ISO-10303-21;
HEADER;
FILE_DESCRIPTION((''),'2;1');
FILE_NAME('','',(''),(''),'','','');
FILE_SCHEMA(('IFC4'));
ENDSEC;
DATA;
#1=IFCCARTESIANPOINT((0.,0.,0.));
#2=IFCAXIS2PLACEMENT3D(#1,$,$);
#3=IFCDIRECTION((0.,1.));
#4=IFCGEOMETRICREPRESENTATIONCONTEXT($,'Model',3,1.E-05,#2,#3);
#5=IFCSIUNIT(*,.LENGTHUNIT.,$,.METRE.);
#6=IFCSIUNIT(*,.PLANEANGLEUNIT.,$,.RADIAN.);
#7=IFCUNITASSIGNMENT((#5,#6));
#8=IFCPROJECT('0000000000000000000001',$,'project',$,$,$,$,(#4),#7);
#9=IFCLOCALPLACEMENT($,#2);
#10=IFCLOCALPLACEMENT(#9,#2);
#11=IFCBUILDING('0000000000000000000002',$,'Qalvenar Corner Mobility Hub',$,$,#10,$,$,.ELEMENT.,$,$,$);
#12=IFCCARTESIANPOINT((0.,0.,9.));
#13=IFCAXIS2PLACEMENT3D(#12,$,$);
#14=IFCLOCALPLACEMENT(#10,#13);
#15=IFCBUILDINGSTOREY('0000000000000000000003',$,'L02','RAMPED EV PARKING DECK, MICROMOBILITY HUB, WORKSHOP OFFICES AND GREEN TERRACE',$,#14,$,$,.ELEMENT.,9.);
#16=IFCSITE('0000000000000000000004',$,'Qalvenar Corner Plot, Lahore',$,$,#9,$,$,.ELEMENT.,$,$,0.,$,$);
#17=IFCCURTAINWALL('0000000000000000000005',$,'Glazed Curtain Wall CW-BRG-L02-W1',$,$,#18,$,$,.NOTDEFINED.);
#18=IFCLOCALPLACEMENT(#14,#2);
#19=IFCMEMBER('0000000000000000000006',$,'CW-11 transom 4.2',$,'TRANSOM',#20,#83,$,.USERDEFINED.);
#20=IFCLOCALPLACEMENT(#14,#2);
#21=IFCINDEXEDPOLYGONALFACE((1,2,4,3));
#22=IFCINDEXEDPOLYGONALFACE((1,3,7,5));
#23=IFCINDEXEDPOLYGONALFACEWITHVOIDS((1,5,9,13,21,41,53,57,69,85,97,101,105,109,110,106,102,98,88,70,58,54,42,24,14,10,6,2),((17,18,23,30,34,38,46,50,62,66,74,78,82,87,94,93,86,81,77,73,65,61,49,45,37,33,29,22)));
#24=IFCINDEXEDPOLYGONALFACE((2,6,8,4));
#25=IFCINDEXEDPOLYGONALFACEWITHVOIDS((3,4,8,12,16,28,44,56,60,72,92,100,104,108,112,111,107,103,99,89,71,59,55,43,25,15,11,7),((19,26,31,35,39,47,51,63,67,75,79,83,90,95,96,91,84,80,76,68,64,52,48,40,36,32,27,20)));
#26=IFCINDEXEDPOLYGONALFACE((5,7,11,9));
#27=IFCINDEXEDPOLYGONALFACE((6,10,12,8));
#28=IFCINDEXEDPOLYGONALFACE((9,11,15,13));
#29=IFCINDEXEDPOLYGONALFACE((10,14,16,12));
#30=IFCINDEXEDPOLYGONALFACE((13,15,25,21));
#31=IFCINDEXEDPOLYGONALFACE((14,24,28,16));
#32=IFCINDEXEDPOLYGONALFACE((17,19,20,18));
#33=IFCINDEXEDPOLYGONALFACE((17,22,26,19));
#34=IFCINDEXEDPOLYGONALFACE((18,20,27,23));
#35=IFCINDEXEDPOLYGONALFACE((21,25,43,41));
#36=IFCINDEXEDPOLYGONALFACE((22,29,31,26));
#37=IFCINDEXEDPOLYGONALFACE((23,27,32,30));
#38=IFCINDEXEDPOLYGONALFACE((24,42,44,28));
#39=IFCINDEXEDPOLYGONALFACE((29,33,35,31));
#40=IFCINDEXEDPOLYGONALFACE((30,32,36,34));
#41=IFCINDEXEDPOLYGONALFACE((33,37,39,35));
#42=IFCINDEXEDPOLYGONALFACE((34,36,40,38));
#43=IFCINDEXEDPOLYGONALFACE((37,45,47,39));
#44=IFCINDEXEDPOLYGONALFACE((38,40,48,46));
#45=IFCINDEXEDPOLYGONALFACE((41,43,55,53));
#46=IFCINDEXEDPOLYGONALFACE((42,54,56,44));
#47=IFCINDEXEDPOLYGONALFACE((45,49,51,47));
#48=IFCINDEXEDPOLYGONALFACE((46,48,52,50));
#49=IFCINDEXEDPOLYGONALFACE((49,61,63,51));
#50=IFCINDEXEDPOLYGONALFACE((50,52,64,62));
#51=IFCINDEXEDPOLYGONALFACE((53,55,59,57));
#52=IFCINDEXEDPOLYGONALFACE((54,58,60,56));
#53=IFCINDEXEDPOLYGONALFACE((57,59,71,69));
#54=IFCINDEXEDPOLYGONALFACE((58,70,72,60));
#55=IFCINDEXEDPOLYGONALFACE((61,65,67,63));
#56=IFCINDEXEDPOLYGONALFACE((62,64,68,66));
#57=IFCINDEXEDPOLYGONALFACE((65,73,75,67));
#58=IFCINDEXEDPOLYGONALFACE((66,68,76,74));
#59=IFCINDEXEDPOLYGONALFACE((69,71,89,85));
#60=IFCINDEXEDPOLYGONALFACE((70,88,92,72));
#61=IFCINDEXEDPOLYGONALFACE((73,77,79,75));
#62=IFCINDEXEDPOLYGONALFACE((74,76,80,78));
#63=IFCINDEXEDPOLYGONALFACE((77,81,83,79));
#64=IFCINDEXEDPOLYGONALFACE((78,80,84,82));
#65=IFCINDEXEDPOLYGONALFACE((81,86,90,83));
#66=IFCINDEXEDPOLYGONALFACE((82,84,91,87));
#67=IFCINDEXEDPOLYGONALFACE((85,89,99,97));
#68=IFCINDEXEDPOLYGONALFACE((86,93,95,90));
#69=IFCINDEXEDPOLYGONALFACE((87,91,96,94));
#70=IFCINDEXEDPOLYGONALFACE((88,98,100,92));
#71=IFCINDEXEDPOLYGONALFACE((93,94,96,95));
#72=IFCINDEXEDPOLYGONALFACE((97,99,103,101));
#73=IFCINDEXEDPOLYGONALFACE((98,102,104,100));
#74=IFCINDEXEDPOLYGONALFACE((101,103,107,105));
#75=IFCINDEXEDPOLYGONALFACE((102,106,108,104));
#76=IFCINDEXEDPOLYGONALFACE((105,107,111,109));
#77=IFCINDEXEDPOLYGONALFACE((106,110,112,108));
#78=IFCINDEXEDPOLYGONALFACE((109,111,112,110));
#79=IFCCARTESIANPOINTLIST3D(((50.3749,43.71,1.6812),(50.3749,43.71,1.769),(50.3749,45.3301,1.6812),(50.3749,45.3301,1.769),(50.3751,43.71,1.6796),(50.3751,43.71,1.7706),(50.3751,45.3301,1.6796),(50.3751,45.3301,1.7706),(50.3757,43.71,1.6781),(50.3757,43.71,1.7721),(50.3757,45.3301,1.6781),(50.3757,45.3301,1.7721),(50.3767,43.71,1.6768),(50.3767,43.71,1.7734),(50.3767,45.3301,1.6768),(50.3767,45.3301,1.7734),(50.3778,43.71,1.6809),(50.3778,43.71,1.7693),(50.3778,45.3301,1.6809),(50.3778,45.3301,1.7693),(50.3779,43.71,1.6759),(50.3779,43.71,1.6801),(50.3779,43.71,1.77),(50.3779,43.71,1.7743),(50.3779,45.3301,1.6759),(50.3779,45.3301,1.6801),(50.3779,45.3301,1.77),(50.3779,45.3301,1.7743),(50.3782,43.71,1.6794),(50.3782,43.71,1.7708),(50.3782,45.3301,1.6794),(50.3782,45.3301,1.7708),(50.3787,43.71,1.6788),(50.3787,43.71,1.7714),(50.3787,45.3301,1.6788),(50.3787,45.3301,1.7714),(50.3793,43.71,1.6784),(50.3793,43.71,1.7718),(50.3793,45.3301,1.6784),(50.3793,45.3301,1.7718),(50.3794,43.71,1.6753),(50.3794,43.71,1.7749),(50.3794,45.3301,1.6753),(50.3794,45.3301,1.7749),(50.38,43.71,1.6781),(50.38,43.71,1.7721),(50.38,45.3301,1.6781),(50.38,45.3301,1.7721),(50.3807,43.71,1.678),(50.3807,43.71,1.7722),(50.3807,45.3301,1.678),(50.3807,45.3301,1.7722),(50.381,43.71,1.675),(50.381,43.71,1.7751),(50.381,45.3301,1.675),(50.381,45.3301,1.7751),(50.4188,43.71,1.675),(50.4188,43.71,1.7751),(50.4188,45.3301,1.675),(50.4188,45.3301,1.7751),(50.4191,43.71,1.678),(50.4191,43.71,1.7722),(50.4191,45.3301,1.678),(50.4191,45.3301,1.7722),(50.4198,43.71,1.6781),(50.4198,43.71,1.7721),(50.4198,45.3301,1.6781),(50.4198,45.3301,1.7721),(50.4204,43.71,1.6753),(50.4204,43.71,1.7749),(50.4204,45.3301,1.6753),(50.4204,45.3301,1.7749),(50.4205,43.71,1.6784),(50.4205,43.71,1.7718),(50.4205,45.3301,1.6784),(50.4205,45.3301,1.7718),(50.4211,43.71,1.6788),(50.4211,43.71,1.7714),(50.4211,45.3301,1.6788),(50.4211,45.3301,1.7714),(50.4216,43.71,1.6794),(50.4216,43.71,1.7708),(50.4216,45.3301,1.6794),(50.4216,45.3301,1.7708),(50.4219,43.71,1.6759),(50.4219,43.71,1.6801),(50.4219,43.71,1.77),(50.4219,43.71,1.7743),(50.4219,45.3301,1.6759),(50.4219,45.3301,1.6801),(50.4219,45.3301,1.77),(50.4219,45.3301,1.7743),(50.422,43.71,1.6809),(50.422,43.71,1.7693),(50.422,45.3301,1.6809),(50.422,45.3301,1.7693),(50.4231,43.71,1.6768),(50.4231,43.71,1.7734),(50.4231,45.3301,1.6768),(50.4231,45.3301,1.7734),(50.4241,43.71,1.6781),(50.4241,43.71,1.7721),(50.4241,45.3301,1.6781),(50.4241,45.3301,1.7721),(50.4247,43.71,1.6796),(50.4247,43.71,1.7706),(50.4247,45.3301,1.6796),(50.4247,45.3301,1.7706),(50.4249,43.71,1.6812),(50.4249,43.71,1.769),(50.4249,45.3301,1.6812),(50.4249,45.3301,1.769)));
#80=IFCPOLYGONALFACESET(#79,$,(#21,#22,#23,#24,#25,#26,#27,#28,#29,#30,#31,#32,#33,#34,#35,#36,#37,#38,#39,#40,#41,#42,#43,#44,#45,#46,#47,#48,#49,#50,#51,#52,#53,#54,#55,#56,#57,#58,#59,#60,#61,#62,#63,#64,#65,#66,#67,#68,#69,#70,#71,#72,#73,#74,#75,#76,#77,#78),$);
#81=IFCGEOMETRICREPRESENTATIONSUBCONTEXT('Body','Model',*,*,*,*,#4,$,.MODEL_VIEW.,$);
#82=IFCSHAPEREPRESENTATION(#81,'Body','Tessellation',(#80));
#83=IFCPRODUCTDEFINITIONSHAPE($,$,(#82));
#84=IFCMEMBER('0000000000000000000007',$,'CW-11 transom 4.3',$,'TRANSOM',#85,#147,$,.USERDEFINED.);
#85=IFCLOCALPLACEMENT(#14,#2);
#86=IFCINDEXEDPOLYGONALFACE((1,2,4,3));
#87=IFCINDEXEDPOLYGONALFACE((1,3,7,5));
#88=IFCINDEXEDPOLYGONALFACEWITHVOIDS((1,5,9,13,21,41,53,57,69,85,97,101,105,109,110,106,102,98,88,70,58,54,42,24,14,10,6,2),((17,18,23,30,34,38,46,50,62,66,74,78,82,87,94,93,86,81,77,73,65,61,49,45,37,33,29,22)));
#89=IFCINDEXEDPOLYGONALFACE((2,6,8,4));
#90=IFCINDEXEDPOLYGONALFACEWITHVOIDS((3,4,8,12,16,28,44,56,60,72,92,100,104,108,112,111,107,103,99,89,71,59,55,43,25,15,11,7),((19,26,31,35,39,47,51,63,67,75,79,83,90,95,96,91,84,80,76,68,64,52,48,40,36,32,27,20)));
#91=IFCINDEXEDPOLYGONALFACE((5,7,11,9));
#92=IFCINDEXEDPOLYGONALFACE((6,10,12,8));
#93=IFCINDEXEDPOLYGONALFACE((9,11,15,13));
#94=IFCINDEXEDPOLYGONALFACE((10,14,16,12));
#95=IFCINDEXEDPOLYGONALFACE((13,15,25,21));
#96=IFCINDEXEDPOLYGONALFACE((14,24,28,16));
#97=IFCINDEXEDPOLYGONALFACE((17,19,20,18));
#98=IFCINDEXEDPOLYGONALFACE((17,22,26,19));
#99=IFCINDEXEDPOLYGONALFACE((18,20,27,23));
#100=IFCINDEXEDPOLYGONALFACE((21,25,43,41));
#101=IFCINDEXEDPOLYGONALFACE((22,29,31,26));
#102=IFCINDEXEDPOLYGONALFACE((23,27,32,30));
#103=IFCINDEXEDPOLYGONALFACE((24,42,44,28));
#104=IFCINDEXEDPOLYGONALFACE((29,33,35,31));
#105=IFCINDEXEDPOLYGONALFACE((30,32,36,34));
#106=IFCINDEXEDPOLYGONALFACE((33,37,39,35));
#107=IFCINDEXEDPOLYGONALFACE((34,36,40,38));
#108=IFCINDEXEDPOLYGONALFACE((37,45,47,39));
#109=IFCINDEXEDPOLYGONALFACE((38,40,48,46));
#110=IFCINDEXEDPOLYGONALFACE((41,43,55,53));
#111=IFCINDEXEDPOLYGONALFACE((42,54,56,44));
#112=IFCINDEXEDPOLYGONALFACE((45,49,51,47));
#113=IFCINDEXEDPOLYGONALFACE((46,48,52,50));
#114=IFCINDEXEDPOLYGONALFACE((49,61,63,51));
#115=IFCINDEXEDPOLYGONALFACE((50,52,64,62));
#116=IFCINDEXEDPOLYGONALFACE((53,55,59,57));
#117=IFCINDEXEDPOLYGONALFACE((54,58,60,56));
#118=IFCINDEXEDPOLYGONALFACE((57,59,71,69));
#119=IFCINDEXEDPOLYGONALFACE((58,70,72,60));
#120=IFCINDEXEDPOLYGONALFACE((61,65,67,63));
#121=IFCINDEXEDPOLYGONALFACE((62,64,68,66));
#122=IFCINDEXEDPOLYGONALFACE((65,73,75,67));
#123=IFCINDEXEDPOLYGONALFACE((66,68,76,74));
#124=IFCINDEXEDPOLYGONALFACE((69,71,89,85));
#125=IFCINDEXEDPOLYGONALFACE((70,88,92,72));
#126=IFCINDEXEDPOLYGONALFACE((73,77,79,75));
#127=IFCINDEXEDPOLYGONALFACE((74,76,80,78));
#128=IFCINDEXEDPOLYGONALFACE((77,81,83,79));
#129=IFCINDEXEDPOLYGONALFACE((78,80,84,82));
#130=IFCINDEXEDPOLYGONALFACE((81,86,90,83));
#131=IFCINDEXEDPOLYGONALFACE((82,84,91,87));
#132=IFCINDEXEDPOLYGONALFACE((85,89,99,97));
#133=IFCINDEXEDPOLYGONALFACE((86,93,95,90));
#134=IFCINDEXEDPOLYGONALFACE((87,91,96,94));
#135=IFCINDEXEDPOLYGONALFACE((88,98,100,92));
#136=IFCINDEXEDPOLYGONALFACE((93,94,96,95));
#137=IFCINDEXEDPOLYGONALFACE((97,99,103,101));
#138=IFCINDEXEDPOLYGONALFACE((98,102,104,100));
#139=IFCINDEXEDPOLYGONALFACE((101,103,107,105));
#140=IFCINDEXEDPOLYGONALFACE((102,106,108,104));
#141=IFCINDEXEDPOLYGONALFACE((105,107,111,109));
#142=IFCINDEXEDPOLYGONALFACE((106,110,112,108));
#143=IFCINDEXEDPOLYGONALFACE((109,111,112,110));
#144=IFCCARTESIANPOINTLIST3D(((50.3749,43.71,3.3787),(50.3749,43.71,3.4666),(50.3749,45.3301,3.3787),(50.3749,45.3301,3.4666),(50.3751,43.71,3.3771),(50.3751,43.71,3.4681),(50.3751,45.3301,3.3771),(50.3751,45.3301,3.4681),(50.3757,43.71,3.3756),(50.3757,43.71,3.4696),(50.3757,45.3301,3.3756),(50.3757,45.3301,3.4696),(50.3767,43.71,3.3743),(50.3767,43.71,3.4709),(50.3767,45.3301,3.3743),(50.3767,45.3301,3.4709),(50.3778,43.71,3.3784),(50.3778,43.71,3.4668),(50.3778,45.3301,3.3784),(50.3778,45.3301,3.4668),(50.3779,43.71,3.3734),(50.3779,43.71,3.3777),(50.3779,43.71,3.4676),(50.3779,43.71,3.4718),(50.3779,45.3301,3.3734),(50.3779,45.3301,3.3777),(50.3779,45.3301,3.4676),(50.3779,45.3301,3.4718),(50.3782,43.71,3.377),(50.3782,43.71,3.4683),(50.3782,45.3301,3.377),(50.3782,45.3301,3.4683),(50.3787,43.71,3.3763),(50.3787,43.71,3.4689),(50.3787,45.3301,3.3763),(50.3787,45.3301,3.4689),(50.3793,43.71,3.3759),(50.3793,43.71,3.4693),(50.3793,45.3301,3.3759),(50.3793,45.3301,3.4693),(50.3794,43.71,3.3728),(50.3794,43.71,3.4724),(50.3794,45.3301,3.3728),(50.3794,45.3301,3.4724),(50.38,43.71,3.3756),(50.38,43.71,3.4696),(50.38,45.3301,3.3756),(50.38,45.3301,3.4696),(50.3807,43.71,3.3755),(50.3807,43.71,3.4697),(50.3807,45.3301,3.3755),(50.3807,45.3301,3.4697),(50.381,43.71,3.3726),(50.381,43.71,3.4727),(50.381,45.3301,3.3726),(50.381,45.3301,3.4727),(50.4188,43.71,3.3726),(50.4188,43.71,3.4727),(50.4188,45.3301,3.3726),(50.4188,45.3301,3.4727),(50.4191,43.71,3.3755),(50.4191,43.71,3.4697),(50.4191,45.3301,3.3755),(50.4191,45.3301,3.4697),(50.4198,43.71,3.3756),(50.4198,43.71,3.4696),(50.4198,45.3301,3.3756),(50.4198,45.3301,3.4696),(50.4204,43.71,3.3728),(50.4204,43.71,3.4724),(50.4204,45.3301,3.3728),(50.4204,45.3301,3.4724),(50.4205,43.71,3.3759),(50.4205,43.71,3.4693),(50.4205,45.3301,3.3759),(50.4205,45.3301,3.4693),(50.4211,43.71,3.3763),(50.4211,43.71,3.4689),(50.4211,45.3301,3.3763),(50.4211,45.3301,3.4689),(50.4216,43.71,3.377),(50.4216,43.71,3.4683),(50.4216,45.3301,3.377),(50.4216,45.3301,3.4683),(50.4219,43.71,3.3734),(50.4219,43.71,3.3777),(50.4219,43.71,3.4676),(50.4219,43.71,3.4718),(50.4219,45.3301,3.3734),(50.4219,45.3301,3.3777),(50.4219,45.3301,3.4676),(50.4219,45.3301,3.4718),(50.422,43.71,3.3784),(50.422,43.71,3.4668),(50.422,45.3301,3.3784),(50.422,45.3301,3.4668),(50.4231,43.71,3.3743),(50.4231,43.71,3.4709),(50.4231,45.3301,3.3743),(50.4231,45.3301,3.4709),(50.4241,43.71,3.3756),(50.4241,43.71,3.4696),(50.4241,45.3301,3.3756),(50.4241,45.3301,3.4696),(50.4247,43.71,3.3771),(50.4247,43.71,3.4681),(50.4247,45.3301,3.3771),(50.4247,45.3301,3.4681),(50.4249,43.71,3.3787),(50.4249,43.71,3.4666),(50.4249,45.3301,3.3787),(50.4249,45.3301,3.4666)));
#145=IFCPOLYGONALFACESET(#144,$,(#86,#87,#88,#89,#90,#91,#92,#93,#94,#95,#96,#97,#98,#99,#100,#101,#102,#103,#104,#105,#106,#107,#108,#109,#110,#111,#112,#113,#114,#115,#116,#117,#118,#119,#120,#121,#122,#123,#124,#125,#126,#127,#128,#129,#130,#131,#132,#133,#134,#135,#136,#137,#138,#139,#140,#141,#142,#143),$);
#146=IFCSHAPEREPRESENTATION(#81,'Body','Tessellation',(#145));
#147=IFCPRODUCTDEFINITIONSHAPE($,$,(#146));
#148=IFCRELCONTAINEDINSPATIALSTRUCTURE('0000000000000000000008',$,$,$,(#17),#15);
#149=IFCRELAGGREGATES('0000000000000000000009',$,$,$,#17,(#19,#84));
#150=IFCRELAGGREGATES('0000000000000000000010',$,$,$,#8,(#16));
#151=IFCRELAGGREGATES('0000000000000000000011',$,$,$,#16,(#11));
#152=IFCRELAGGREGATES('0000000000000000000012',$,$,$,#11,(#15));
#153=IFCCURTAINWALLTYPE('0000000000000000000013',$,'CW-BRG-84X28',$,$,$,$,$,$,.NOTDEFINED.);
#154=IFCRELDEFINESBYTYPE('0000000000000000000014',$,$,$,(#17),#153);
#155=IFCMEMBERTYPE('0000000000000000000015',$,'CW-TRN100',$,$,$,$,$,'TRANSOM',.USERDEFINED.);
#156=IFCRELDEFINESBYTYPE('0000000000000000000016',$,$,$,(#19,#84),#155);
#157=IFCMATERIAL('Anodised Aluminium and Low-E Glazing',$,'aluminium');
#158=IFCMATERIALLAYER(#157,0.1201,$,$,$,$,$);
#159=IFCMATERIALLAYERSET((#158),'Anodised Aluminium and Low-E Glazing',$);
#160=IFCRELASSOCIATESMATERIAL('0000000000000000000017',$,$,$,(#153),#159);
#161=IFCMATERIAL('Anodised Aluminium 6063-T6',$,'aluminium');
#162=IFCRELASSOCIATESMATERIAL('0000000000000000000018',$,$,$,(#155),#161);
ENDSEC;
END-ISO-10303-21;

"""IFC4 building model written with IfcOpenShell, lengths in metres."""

from ifc_helpers import new_model, si_unit, direction, frame, origin, origin_2d, place, context, subcontext, project, spatial, hollow_rectangle, extrude, material, layer, layer_set, material_profile, profile_set, type_object, element, aggregate, save


model = new_model("IFC4")

# Units and contexts
model_context = context("Model", 3, precision=1e-05, world=origin(), true_north=direction((0.0, 1.0)))
body_context = subcontext(model_context, "Body", "Model", "MODEL_VIEW")
ifc_project = project(units=[si_unit("LENGTHUNIT", "METRE"), si_unit("PLANEANGLEUNIT", "RADIAN")], contexts=[model_context])

# Site, building, storey
site_placement = place(None, origin())
site = spatial("IfcSite", under=ifc_project, at=site_placement, Name="Qalvenar Corner Plot, Lahore", CompositionType="ELEMENT", RefElevation=0.0)
building_placement = place(site_placement, origin())
building = spatial("IfcBuilding", under=site, at=building_placement, Name="Qalvenar Corner Mobility Hub", CompositionType="ELEMENT")
storey_placement = place(building_placement, frame((0.0, 0.0, 9.0)))
storey = spatial("IfcBuildingStorey", under=building, at=storey_placement, Name="L02", Description="RAMPED EV PARKING DECK, MICROMOBILITY HUB, WORKSHOP OFFICES AND GREEN TERRACE", CompositionType="ELEMENT", Elevation=9.0)

# Curtain wall, members
ifc_material_1 = material(Name="Anodised Aluminium and Low-E Glazing", Category="aluminium")
ifc_layer_1 = layer(ifc_material_1, 0.1201)
ifc_layer_set_1 = layer_set([ifc_layer_1], Name="Anodised Aluminium and Low-E Glazing")
curtain_wall_type = type_object("IfcCurtainWallType", Name="CW-BRG-84X28", PredefinedType="NOTDEFINED", material=ifc_layer_set_1)
curtain_wall_placement = place(storey_placement, origin())
curtain_wall = element("IfcCurtainWall", 1, at=curtain_wall_placement, inside=storey, type_object=curtain_wall_type, Name="Glazed Curtain Wall CW-BRG-L02-W1", PredefinedType="NOTDEFINED")
ifc_material_2 = material(Name="Anodised Aluminium 6063-T6", Category="aluminium")
ifc_material_profile_1 = material_profile(ifc_material_2, hollow_rectangle(XDim=0.05, YDim=0.1001, WallThickness=0.0029, InnerFilletRadius=0.0029, OuterFilletRadius=0.0061, at=origin_2d()), Name="RHS100x50x3")
ifc_profile_set_1 = profile_set([ifc_material_profile_1], Name="Anodised Aluminium 6063-T6")
member_type_1 = type_object("IfcMemberType", Name="CW-TRN100", ElementType="TRANSOM", PredefinedType="USERDEFINED", material=ifc_profile_set_1)
member_1_placement = place(storey_placement, frame((50.3999, 45.3301, 1.7251), z_axis=(0.0, -1.0, 0.0), x_axis=(1.0, 0.0, 0.0)))
member_1 = element("IfcMember", 2, at=member_1_placement, type_object=member_type_1, Name="CW-11 transom 4.2", ObjectType="TRANSOM", PredefinedType="USERDEFINED", context=body_context, shape_type="SweptSolid", body=[
    extrude(hollow_rectangle(XDim=0.05, YDim=0.1001, WallThickness=0.0029, InnerFilletRadius=0.0029, OuterFilletRadius=0.0061, at=origin_2d()), origin(), (0.0, 0.0, 1.0), 1.6201),
])
member_2_placement = place(storey_placement, frame((50.3999, 45.3301, 3.4226), z_axis=(0.0, -1.0, 0.0), x_axis=(1.0, 0.0, 0.0)))
member_2 = element("IfcMember", 3, at=member_2_placement, type_object=member_type_1, Name="CW-11 transom 4.3", ObjectType="TRANSOM", PredefinedType="USERDEFINED", context=body_context, shape_type="SweptSolid", body=[
    extrude(hollow_rectangle(XDim=0.05, YDim=0.1001, WallThickness=0.0029, InnerFilletRadius=0.0029, OuterFilletRadius=0.0061, at=origin_2d()), origin(), (0.0, 0.0, 1.0), 1.6201),
])
aggregate(curtain_wall, [member_1, member_2])

save(model, "model.ifc")
